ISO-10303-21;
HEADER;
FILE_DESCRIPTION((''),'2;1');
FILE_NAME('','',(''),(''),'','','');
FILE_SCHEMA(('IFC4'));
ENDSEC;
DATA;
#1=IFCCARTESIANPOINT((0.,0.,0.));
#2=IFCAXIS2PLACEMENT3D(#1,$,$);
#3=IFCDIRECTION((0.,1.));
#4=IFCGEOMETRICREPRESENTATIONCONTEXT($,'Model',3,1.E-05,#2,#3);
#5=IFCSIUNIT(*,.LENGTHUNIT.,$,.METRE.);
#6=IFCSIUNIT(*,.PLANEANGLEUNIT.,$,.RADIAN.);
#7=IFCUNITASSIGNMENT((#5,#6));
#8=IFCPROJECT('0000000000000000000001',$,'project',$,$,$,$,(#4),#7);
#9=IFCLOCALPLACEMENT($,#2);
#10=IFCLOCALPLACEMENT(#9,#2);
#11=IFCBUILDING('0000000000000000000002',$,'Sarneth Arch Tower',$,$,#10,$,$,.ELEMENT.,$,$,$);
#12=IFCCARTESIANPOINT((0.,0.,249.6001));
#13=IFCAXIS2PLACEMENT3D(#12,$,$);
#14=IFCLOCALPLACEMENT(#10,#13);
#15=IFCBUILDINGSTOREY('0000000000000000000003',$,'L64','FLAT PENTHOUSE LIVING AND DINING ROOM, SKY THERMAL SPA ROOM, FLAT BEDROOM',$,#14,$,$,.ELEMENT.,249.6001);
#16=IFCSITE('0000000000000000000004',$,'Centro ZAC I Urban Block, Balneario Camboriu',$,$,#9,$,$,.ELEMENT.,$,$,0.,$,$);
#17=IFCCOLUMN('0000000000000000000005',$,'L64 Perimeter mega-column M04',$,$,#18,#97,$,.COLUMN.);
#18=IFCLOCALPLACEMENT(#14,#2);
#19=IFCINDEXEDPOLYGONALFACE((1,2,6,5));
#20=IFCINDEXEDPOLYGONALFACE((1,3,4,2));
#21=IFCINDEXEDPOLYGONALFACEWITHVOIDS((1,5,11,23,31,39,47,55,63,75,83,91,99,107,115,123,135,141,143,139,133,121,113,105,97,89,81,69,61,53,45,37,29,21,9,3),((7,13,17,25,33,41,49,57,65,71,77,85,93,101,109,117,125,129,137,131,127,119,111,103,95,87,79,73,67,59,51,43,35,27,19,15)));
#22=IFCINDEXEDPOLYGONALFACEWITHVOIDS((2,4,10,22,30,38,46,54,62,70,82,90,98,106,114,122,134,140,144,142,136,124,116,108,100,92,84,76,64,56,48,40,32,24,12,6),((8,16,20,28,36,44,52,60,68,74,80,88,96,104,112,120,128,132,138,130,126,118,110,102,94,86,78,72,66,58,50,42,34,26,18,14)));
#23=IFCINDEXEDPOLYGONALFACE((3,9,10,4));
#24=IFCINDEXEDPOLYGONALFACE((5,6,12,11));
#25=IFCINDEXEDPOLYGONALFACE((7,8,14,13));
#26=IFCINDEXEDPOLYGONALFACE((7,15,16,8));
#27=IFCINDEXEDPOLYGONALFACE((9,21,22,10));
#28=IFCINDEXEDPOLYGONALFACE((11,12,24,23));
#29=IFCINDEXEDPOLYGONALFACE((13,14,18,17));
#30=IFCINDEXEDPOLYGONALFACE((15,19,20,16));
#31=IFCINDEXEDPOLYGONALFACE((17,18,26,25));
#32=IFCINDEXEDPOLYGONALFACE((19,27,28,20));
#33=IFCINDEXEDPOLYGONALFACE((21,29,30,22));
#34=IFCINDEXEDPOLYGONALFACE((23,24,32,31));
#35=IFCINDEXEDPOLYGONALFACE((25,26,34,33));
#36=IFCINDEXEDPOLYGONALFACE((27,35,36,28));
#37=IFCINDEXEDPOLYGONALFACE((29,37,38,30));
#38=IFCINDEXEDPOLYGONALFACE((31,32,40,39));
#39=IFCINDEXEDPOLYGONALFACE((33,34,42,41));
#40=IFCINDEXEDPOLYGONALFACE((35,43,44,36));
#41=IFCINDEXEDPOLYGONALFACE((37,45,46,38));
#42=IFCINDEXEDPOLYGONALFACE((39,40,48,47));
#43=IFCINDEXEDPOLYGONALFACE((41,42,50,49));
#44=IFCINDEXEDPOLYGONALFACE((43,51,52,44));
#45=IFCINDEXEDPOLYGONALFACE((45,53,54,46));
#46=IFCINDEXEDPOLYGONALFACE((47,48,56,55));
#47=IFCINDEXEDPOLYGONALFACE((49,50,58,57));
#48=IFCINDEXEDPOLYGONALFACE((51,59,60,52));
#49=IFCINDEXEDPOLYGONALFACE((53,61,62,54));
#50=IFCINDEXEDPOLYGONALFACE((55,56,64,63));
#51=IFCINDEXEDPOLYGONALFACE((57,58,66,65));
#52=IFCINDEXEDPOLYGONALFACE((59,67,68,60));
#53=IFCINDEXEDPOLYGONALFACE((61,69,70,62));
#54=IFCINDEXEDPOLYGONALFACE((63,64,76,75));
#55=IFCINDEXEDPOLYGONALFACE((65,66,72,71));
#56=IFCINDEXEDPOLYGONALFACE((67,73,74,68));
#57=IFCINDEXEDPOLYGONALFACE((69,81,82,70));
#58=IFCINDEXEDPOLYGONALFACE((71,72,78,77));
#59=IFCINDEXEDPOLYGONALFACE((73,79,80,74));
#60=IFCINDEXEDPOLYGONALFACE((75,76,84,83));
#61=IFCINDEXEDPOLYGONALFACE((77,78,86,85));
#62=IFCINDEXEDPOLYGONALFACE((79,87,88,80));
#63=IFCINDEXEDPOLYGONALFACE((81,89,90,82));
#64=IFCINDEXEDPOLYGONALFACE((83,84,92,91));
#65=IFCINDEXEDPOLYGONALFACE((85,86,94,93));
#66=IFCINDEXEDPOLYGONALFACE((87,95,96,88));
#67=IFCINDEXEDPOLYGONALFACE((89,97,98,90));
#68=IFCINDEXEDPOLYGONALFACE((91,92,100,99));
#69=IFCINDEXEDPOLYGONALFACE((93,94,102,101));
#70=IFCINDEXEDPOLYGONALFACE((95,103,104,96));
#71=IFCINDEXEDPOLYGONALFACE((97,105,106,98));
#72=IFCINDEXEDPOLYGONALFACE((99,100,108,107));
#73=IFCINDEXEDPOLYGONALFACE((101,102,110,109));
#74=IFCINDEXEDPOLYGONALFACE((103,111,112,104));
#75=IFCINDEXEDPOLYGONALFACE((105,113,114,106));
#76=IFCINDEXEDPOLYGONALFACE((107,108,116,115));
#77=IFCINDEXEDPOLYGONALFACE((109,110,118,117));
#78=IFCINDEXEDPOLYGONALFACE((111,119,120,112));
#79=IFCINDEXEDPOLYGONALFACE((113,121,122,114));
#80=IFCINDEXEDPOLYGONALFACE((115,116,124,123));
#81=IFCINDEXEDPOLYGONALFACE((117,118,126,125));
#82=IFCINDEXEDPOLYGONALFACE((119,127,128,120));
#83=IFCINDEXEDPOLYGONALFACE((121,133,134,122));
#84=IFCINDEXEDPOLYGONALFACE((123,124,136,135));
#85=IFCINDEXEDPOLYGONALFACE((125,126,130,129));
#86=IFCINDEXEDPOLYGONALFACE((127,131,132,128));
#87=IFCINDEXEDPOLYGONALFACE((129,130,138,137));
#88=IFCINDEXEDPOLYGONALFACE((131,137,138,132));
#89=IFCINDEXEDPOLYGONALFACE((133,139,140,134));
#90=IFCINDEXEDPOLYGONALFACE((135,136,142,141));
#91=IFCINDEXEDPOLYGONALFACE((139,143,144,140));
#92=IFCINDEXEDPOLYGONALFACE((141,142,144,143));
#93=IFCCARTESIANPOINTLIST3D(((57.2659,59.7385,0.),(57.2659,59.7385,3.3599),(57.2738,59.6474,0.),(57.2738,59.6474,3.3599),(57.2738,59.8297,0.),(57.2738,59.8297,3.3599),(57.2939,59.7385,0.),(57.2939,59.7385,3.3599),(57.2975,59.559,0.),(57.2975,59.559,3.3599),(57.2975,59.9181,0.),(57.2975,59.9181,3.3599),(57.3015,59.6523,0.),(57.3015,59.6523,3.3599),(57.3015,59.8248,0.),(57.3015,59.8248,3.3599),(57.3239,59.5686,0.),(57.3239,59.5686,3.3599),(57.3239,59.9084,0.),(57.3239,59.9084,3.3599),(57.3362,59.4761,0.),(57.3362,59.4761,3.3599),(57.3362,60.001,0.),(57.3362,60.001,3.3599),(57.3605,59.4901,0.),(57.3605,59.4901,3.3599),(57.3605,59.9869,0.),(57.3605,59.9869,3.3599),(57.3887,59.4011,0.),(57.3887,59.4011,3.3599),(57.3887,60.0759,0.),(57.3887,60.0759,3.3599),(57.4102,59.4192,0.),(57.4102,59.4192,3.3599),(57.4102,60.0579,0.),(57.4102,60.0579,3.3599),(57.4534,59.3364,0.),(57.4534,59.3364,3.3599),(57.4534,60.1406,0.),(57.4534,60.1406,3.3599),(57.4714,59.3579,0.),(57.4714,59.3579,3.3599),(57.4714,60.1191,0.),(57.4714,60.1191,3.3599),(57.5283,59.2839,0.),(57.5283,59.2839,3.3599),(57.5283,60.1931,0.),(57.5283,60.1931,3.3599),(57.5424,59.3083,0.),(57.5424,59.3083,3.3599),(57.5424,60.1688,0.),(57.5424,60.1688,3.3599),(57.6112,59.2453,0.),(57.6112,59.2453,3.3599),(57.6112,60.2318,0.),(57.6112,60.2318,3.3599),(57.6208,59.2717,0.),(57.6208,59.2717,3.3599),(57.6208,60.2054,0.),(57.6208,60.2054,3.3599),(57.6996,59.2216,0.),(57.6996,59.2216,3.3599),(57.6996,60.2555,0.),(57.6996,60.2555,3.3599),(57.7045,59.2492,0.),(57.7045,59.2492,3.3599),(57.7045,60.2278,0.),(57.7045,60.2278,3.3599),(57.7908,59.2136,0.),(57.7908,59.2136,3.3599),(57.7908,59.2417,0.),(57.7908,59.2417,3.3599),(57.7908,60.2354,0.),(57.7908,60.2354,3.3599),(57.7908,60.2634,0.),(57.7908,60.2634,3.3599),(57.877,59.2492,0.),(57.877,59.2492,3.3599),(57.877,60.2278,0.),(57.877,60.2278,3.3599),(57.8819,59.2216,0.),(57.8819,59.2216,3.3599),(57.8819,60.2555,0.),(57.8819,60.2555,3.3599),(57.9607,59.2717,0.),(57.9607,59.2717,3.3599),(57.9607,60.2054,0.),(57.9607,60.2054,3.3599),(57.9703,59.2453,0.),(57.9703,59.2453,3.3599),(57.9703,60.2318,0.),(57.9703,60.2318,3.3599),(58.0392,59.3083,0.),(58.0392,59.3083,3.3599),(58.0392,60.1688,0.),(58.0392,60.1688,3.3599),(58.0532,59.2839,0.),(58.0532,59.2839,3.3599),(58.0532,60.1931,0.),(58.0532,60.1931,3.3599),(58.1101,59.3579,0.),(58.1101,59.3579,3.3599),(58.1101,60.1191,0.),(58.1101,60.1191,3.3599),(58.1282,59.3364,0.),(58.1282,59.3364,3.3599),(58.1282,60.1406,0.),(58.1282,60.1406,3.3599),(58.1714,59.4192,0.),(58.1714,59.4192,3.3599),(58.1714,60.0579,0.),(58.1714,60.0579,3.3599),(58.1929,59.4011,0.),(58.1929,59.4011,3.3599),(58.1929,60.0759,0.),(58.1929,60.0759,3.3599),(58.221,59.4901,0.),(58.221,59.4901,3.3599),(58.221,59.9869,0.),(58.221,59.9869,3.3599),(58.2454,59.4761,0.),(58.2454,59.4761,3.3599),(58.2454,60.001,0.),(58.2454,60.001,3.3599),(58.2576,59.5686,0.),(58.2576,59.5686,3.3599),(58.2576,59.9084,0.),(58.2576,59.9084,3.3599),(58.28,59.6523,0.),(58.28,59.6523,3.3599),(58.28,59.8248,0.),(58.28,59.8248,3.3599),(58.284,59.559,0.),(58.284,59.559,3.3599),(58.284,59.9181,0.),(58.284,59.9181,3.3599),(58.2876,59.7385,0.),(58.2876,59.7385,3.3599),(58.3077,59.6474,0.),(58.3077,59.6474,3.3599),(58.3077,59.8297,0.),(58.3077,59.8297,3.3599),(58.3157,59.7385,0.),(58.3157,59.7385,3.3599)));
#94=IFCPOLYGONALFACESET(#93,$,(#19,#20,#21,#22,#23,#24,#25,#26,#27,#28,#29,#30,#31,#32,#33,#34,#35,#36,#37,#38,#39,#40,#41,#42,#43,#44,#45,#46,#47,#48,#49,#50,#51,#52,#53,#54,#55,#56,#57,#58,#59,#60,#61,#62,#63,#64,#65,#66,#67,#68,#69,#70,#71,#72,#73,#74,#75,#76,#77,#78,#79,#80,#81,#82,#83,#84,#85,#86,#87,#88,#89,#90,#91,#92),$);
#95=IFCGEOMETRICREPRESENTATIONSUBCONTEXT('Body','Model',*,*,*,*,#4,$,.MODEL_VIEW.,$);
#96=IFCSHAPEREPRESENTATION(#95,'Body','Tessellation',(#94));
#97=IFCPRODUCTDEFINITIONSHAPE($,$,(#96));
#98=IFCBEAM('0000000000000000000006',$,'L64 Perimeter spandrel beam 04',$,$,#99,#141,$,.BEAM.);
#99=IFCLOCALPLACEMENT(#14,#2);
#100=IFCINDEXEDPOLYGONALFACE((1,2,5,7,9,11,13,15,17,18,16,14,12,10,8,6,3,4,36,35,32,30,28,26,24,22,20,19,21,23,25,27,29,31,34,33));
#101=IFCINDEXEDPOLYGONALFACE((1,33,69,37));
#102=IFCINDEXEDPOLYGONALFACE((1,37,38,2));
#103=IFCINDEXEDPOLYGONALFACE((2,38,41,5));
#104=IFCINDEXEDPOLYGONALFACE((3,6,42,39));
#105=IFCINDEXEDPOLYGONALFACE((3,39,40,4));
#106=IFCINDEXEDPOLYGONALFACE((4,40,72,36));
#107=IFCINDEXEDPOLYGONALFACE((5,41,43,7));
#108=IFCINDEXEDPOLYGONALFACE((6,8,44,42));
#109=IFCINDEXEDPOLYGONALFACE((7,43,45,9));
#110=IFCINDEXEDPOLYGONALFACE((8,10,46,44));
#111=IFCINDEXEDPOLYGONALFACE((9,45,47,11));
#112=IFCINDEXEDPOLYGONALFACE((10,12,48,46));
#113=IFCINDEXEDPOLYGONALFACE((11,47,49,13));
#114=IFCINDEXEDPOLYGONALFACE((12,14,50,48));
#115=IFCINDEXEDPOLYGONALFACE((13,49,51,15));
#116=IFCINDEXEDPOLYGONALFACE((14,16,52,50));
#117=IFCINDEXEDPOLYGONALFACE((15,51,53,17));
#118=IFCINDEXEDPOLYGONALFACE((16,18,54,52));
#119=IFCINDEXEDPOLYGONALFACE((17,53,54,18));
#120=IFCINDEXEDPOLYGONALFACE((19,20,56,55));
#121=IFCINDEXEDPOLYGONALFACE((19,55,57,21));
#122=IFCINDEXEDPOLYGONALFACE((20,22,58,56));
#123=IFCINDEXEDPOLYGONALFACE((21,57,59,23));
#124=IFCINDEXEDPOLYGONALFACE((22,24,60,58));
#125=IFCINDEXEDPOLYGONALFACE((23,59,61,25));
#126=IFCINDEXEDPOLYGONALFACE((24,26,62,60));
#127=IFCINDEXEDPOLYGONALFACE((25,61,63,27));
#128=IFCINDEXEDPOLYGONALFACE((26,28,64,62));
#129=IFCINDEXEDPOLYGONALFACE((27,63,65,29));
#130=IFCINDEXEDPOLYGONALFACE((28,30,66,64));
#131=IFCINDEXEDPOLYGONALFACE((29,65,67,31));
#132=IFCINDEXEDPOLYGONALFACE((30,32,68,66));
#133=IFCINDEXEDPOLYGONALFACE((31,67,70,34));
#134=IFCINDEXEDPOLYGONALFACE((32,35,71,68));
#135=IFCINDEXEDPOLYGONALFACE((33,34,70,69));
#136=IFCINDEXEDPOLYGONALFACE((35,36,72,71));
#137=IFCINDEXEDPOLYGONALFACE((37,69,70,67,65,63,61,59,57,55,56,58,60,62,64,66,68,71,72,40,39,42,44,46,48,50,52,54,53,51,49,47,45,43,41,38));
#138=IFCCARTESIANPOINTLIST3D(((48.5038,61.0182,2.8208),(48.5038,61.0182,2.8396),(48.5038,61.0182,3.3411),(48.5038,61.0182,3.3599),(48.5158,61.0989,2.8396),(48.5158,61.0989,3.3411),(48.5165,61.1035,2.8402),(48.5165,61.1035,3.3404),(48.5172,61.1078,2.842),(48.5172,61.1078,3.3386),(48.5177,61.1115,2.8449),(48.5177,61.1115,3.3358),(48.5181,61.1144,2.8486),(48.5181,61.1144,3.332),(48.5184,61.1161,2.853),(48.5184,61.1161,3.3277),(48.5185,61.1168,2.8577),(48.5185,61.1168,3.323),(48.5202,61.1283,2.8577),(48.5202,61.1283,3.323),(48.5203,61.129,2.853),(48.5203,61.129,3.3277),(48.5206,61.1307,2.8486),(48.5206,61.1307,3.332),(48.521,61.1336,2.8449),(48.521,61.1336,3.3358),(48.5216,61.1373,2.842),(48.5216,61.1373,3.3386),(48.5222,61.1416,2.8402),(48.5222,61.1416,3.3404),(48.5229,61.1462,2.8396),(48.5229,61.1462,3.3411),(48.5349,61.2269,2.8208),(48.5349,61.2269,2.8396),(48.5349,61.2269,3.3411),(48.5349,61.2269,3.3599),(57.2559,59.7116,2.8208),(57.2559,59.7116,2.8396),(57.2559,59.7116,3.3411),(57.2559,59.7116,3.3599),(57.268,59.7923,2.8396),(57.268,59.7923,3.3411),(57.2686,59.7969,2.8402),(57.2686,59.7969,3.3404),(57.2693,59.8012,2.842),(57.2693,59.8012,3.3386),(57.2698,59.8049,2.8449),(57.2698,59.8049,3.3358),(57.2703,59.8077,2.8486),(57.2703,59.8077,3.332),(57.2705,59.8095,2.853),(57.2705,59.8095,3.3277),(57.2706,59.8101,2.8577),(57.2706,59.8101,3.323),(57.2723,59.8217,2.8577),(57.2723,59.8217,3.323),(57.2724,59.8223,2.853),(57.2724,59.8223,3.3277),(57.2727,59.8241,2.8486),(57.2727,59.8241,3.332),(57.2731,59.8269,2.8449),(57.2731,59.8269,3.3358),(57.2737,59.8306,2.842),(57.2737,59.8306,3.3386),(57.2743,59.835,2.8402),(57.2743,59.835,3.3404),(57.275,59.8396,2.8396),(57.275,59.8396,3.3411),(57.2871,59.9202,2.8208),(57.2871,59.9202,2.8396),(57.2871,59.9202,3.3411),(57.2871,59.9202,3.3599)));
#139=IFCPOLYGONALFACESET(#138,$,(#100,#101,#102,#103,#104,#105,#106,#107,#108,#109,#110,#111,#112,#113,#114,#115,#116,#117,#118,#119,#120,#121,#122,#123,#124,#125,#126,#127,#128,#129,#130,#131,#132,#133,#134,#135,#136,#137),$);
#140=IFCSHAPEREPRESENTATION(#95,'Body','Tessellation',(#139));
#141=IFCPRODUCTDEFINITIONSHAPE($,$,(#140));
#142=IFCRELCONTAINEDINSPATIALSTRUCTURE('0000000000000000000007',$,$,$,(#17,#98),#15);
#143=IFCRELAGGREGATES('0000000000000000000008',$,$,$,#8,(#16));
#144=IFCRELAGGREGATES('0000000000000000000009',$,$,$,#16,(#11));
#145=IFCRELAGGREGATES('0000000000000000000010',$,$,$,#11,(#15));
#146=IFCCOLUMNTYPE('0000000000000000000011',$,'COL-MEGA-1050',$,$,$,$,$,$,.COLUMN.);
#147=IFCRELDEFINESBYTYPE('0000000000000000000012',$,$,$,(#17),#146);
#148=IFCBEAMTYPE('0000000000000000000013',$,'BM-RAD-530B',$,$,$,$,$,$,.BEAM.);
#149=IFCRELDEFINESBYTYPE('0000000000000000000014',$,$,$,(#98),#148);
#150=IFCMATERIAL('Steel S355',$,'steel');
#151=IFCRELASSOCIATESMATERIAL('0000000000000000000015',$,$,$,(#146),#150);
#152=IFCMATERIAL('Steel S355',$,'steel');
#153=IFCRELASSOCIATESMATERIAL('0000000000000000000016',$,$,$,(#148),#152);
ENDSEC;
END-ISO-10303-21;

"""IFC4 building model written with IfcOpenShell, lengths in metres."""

from ifc_helpers import new_model, si_unit, direction, frame, origin, origin_2d, place, context, subcontext, project, spatial, hollow_circle, i_section, extrude, material, material_profile, profile_set, type_object, element, save


model = new_model("IFC4")

# Units and contexts
model_context = context("Model", 3, precision=1e-05, world=origin(), true_north=direction((0.0, 1.0)))
body_context = subcontext(model_context, "Body", "Model", "MODEL_VIEW")
ifc_project = project(units=[si_unit("LENGTHUNIT", "METRE"), si_unit("PLANEANGLEUNIT", "RADIAN")], contexts=[model_context])

# Site, building, storey
site_placement = place(None, origin())
site = spatial("IfcSite", under=ifc_project, at=site_placement, Name="Centro ZAC I Urban Block, Balneario Camboriu", CompositionType="ELEMENT", RefElevation=0.0)
building_placement = place(site_placement, origin())
building = spatial("IfcBuilding", under=site, at=building_placement, Name="Sarneth Arch Tower", CompositionType="ELEMENT")
storey_placement = place(building_placement, frame((0.0, 0.0, 249.6001)))
storey = spatial("IfcBuildingStorey", under=building, at=storey_placement, Name="L64", Description="FLAT PENTHOUSE LIVING AND DINING ROOM, SKY THERMAL SPA ROOM, FLAT BEDROOM", CompositionType="ELEMENT", Elevation=249.6001)

# Column
ifc_material_1 = material(Name="Steel S355", Category="steel")
ifc_material_profile_1 = material_profile(ifc_material_1, hollow_circle(Radius=0.5249, WallThickness=0.0281, at=origin_2d()), Name="CHS1050x28")
ifc_profile_set_1 = profile_set([ifc_material_profile_1], Name="Steel S355")
column_type = type_object("IfcColumnType", Name="COL-MEGA-1050", PredefinedType="COLUMN", material=ifc_profile_set_1)
column_placement = place(storey_placement, frame((57.7908, 59.7385, 0.0), z_axis=(0.0, 0.0, 1.0), x_axis=(1.0, 0.0, 0.0)))
element("IfcColumn", 1, at=column_placement, inside=storey, type_object=column_type, Name="L64 Perimeter mega-column M04", PredefinedType="COLUMN", context=body_context, shape_type="SweptSolid", body=[
    extrude(hollow_circle(Radius=0.5249, WallThickness=0.0281, at=origin_2d()), origin(), (0.0, 0.0, 1.0), 3.3599),
])

# Beam
ifc_material_2 = material(Name="Steel S355", Category="steel")
ifc_material_profile_2 = material_profile(ifc_material_2, i_section(OverallWidth=0.2109, OverallDepth=0.5391, WebThickness=0.0117, FlangeThickness=0.0188, FilletRadius=0.0181, at=origin_2d()), Name="W530x109")
ifc_profile_set_2 = profile_set([ifc_material_profile_2], Name="Steel S355")
beam_type = type_object("IfcBeamType", Name="BM-RAD-530B", PredefinedType="BEAM", material=ifc_profile_set_2)
beam_placement = place(storey_placement, frame((57.2715, 59.8159, 3.0903), z_axis=(-0.989039, 0.147656, 0.0), x_axis=(-0.147656, -0.989039, 0.0)))
element("IfcBeam", 2, at=beam_placement, inside=storey, type_object=beam_type, Name="L64 Perimeter spandrel beam 04", PredefinedType="BEAM", context=body_context, shape_type="SweptSolid", body=[
    extrude(i_section(OverallWidth=0.2109, OverallDepth=0.5391, WebThickness=0.0117, FlangeThickness=0.0188, FilletRadius=0.0181, at=origin_2d()), origin(), (0.0, 0.0, 1.0), 8.8491),
])

save(model, "model.ifc")
